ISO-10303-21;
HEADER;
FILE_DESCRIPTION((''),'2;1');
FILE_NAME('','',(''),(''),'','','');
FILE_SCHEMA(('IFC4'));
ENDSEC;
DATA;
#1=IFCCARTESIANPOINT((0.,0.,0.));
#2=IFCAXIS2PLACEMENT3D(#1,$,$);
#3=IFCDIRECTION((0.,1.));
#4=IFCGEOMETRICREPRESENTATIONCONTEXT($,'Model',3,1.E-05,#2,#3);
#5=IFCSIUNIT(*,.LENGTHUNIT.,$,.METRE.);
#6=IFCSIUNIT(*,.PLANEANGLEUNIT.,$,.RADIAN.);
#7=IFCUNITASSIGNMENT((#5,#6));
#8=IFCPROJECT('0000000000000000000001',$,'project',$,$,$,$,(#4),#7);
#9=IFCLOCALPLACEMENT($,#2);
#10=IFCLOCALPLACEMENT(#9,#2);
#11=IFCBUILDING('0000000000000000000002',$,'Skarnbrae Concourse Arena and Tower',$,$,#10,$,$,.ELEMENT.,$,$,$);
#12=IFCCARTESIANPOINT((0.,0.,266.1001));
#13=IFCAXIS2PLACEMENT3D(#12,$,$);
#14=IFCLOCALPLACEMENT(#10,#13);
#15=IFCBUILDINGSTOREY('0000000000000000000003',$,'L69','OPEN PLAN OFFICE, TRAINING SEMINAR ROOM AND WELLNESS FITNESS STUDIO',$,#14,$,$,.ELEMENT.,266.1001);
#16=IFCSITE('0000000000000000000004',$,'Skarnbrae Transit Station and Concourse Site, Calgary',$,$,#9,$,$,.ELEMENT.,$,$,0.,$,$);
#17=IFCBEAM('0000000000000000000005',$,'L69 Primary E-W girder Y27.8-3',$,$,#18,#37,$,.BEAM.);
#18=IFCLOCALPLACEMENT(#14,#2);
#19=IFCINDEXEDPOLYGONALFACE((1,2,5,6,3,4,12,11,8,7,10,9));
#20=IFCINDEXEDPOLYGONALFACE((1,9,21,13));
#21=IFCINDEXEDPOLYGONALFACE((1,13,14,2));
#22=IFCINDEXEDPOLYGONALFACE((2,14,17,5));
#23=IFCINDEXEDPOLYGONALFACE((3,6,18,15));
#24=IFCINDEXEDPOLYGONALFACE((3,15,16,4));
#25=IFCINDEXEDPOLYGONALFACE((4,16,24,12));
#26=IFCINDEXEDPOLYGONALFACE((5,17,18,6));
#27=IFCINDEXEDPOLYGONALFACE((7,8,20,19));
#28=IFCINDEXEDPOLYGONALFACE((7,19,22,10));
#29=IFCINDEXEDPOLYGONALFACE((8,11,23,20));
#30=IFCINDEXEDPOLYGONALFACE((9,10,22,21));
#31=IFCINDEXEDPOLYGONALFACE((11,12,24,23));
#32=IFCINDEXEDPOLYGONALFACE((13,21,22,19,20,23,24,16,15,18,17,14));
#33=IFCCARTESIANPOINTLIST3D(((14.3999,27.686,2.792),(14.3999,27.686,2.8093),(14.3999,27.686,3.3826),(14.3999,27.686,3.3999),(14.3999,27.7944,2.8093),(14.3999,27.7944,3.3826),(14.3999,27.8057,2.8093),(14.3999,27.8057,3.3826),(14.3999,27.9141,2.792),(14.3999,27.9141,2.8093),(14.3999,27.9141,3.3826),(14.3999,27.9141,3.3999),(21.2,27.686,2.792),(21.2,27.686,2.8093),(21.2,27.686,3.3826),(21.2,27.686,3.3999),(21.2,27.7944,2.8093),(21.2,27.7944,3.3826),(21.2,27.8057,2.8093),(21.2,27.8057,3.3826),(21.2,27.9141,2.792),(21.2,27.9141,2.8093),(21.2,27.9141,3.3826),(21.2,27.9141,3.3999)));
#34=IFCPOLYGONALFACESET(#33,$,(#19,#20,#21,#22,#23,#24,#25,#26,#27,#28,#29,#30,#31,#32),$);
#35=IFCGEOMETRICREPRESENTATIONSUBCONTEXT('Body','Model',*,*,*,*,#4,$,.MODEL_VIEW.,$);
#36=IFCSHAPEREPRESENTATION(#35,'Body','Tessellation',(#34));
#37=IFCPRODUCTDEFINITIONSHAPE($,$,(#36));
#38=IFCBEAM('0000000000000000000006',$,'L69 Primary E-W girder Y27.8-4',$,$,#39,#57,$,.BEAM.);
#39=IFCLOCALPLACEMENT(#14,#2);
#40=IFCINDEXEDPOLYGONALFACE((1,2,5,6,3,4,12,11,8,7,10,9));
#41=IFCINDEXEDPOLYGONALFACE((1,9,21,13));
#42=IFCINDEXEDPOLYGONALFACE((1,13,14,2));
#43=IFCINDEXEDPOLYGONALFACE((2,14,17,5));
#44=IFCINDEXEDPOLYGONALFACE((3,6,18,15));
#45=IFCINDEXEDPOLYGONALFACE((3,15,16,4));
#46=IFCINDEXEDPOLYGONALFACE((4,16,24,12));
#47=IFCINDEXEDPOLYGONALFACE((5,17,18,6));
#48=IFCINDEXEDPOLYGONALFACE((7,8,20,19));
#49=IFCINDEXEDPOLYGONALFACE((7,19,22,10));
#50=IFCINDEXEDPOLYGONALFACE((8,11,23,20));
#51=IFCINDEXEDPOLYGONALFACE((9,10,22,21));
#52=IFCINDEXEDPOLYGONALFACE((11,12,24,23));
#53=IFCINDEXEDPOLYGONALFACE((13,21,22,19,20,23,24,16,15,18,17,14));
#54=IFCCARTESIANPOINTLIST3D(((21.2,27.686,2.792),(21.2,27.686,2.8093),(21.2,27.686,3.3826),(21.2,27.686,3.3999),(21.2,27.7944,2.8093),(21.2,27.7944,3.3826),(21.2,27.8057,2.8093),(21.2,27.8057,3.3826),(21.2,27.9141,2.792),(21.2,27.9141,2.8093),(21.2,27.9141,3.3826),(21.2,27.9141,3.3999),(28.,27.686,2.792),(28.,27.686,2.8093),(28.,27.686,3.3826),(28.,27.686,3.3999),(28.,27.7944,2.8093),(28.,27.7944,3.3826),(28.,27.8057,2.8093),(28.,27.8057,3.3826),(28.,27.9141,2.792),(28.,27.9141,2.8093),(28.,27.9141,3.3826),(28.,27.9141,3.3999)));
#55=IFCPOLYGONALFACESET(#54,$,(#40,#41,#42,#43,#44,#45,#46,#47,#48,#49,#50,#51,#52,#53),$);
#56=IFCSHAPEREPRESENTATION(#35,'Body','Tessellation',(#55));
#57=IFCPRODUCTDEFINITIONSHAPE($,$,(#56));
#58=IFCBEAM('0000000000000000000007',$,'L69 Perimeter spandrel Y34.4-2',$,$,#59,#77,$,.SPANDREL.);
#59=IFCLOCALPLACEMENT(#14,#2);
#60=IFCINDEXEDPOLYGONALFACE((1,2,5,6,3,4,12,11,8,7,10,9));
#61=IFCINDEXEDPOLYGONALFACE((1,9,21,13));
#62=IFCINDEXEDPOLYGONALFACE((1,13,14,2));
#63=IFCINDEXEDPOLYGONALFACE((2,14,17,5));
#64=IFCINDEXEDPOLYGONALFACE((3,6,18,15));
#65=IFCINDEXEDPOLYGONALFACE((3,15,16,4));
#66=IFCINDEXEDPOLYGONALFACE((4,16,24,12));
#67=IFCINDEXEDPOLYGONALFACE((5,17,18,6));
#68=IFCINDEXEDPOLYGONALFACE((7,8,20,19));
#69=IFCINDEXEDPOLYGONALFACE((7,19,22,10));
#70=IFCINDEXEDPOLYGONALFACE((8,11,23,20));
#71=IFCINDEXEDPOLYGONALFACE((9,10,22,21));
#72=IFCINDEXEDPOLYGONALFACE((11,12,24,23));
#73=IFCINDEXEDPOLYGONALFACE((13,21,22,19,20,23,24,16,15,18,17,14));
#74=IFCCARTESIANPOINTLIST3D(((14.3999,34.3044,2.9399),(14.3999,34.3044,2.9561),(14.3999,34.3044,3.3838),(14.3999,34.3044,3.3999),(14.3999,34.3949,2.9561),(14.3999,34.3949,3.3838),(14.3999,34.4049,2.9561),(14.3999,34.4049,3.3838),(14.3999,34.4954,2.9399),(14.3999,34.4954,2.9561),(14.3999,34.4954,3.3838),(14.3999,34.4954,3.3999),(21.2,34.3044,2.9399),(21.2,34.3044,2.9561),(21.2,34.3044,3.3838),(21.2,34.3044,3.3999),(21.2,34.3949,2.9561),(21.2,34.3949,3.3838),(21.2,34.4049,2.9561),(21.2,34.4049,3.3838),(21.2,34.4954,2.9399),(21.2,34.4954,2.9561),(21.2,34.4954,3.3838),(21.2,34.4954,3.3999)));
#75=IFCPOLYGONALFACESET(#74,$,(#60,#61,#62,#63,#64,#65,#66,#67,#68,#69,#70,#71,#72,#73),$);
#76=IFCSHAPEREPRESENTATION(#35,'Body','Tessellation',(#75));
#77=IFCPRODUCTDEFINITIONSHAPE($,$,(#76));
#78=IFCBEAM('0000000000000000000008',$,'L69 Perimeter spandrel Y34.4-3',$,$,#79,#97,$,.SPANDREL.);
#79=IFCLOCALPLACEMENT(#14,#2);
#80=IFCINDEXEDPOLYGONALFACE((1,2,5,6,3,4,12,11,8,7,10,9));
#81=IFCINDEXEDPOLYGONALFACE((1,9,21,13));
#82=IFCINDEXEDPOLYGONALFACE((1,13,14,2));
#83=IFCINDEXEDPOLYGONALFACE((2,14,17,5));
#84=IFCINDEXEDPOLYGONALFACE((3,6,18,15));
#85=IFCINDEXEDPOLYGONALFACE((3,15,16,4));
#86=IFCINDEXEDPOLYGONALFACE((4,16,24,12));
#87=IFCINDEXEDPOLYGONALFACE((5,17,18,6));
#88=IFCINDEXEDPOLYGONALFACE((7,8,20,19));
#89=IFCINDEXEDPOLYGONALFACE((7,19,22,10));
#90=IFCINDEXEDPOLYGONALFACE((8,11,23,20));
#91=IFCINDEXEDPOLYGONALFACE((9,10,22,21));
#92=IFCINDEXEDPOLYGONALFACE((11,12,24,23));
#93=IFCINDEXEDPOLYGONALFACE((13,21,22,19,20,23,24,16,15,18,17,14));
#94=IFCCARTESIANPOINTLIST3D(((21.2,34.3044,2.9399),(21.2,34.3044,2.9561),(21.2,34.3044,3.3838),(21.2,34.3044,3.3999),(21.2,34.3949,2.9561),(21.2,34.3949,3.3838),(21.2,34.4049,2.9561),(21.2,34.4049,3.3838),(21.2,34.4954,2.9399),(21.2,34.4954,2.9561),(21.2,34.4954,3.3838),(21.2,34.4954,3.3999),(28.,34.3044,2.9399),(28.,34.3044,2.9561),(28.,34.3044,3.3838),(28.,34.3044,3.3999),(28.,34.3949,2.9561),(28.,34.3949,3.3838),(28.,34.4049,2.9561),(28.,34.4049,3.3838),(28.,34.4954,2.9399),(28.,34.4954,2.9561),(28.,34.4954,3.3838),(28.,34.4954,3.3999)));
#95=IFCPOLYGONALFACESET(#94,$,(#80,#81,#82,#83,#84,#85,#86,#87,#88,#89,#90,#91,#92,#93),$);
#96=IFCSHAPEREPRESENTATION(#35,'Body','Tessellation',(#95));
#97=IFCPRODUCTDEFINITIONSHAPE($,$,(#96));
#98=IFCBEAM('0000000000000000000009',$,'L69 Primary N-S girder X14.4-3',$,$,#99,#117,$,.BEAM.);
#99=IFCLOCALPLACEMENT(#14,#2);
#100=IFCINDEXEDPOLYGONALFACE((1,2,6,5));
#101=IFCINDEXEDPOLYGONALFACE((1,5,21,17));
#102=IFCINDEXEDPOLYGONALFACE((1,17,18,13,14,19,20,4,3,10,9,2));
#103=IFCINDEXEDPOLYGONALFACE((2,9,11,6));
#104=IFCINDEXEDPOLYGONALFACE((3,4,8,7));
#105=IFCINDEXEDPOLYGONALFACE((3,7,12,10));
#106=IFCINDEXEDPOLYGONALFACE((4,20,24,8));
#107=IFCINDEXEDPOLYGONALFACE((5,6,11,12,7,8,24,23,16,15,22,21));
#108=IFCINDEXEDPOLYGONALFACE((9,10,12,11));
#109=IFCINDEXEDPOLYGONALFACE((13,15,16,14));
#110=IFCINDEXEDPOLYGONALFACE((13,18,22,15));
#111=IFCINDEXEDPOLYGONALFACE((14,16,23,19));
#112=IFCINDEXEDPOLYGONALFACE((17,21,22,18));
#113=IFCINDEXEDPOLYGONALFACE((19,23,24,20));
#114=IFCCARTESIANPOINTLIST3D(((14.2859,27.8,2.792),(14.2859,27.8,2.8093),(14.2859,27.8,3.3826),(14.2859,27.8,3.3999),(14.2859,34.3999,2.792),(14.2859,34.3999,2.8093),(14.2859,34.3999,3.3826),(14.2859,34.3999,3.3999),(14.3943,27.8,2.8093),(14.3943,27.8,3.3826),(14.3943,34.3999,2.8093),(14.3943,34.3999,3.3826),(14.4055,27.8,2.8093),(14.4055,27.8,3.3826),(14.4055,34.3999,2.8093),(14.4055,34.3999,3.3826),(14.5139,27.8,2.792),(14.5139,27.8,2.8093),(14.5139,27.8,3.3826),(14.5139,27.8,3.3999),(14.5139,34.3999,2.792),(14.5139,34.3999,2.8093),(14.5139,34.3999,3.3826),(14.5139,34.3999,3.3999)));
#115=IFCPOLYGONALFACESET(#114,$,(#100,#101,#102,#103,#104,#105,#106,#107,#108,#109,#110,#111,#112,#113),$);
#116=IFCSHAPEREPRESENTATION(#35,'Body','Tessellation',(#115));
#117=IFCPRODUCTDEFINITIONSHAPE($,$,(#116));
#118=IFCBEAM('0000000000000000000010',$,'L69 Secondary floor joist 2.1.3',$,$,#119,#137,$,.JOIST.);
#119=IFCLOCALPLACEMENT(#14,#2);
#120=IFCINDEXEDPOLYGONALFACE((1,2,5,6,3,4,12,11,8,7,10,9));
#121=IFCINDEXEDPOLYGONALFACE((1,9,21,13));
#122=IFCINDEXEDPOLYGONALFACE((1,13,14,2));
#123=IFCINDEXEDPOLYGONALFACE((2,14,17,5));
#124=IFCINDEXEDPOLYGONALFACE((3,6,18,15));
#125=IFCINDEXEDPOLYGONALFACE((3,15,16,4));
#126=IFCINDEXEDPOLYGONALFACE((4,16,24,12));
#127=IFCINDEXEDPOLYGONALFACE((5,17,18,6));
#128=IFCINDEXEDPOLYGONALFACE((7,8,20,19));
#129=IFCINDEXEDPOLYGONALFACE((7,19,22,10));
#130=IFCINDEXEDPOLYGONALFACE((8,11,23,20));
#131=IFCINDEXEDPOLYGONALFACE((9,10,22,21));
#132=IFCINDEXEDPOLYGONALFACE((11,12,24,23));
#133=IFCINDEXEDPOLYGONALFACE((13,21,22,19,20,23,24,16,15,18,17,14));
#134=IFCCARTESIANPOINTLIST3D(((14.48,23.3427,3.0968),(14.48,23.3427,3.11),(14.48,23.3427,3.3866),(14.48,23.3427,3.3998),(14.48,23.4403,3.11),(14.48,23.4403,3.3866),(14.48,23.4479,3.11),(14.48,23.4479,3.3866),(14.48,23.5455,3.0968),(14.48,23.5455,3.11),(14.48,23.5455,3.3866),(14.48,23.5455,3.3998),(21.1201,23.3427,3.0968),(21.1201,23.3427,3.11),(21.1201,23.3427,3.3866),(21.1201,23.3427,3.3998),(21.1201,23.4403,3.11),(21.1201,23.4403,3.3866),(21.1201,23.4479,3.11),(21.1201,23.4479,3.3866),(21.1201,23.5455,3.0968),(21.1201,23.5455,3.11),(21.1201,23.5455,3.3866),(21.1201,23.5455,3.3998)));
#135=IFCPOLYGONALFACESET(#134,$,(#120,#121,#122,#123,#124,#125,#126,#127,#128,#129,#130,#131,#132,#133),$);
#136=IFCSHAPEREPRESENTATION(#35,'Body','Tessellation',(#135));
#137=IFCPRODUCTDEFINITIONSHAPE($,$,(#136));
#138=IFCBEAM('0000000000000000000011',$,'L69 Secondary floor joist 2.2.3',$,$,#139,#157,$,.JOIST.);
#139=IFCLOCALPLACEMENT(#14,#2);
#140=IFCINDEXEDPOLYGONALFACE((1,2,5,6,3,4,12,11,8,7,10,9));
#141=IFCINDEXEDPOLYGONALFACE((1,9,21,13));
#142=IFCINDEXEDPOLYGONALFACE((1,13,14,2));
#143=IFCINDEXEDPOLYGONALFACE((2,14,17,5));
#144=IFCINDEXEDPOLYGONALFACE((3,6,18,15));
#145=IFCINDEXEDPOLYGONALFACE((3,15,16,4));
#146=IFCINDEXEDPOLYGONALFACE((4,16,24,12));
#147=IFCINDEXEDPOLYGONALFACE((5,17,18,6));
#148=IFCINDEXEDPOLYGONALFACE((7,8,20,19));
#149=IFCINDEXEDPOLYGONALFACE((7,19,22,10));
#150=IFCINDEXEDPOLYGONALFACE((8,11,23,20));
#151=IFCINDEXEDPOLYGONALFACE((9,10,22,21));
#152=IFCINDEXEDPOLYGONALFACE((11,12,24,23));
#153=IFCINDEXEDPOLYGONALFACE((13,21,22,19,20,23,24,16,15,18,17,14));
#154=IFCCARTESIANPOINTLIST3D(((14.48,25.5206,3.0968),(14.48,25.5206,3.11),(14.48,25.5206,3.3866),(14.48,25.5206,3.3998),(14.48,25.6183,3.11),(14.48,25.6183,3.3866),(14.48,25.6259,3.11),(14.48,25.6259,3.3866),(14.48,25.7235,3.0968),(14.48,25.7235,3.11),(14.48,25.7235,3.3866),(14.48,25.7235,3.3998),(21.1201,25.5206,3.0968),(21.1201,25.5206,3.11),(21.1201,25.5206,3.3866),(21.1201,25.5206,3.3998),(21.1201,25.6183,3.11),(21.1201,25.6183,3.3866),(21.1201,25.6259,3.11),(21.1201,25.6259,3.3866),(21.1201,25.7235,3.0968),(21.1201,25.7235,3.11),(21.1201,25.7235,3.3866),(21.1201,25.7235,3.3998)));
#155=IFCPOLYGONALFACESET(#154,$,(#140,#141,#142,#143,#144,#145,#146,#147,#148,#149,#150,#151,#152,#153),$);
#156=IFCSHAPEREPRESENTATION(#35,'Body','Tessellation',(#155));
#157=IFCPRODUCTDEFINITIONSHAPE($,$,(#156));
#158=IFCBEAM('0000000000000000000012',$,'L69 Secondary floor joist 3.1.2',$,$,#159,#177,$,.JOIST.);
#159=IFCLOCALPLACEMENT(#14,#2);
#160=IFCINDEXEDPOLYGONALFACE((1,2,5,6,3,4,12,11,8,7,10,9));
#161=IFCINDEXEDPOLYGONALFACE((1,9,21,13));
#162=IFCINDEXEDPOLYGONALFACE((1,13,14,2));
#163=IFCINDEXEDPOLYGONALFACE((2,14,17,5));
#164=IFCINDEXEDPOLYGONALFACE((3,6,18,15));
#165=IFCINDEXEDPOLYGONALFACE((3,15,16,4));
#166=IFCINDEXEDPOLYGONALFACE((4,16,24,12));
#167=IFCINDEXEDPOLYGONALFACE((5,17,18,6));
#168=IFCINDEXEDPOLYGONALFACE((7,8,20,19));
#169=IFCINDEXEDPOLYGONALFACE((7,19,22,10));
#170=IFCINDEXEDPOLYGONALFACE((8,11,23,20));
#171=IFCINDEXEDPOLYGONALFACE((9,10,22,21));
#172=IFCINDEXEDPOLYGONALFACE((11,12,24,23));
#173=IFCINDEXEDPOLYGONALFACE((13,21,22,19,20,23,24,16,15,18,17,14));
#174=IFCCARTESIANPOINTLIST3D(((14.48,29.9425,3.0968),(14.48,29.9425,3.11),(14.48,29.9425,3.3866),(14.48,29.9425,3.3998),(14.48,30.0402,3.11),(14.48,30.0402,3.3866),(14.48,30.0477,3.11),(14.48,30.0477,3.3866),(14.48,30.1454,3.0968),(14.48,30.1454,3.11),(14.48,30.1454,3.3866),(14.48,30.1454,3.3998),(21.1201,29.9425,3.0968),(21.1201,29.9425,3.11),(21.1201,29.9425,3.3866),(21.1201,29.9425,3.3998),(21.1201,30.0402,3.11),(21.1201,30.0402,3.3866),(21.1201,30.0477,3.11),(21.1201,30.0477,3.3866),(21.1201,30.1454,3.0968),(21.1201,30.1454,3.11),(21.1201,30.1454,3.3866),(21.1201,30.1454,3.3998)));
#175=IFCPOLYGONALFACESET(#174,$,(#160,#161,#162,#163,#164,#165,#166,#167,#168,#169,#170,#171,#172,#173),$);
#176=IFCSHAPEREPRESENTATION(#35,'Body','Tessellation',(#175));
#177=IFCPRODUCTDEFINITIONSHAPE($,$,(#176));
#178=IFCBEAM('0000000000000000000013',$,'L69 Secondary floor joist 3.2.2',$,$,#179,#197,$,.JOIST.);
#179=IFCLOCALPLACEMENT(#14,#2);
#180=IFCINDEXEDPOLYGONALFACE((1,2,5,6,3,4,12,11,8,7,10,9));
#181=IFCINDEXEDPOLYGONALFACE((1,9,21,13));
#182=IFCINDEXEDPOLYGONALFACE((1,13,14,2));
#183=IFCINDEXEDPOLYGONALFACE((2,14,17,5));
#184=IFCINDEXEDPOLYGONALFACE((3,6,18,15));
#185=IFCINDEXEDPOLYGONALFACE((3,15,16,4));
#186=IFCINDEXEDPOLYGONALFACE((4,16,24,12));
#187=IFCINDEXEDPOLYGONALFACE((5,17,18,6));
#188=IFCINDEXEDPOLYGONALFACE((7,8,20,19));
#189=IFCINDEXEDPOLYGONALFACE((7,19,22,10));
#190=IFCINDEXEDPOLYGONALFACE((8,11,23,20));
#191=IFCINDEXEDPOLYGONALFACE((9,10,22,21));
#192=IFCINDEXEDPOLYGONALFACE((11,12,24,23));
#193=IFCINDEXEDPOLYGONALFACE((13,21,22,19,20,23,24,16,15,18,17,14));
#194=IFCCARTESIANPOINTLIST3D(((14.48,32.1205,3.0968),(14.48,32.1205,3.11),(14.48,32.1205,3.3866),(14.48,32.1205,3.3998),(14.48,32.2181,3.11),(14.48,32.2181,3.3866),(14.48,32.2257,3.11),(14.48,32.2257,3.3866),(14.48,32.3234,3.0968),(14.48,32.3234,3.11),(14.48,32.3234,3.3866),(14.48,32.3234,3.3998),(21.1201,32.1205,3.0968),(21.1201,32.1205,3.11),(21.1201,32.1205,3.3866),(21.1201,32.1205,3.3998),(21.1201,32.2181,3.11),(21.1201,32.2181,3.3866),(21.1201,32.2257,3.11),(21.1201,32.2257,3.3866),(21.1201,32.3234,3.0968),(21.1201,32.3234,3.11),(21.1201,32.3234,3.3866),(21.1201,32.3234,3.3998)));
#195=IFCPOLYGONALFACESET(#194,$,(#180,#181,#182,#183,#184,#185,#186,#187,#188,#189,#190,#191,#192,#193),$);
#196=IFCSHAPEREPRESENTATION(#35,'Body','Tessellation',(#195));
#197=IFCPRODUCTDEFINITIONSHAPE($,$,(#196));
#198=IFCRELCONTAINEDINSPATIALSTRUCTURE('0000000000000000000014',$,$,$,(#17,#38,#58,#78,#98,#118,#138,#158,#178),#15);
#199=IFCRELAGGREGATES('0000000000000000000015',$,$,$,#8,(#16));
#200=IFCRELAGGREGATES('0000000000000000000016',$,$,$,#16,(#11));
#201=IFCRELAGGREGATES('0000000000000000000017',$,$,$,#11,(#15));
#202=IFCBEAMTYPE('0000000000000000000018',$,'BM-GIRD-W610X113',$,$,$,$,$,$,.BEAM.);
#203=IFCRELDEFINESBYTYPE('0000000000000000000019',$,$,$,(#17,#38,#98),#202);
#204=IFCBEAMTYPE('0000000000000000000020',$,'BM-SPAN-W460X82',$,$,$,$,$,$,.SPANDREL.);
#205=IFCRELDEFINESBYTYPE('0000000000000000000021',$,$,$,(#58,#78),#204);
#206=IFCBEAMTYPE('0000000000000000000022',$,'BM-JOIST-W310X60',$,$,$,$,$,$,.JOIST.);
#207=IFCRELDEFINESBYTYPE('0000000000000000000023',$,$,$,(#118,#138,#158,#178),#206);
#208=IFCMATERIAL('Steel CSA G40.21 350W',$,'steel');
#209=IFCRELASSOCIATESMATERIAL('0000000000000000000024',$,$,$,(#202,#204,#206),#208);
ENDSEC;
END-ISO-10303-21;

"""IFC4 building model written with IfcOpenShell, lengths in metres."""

from ifc_helpers import new_model, si_unit, direction, frame, origin, origin_2d, place, context, subcontext, project, spatial, i_section, extrude, source, transform, mapped, material, material_profile, profile_set, type_object, element, save


model = new_model("IFC4")

# Units and contexts
model_context = context("Model", 3, precision=1e-05, world=origin(), true_north=direction((0.0, 1.0)))
body_context = subcontext(model_context, "Body", "Model", "MODEL_VIEW")
ifc_project = project(units=[si_unit("LENGTHUNIT", "METRE"), si_unit("PLANEANGLEUNIT", "RADIAN")], contexts=[model_context])

# Site, building, storey
site_placement = place(None, origin())
site = spatial("IfcSite", under=ifc_project, at=site_placement, Name="Skarnbrae Transit Station and Concourse Site, Calgary", CompositionType="ELEMENT", RefElevation=0.0)
building_placement = place(site_placement, origin())
building = spatial("IfcBuilding", under=site, at=building_placement, Name="Skarnbrae Concourse Arena and Tower", CompositionType="ELEMENT")
storey_placement = place(building_placement, frame((0.0, 0.0, 266.1001)))
storey = spatial("IfcBuildingStorey", under=building, at=storey_placement, Name="L69", Description="OPEN PLAN OFFICE, TRAINING SEMINAR ROOM AND WELLNESS FITNESS STUDIO", CompositionType="ELEMENT", Elevation=266.1001)

# Shared definitions
ifc_material_1 = material(Name="Steel CSA G40.21 350W", Category="steel")

# Beams
ifc_material_profile_1 = material_profile(ifc_material_1, i_section(OverallWidth=0.228, OverallDepth=0.6079, WebThickness=0.0112, FlangeThickness=0.0173, at=origin_2d()), Name="W610X113")
ifc_profile_set_1 = profile_set([ifc_material_profile_1], Name="Steel CSA G40.21 350W")
beam_type_1 = type_object("IfcBeamType", Name="BM-GIRD-W610X113", PredefinedType="BEAM", material=ifc_profile_set_1)
shared_shape_1 = source(origin(), body_context, "Body", "SweptSolid", [
    extrude(i_section(OverallWidth=0.228, OverallDepth=0.6079, WebThickness=0.0112, FlangeThickness=0.0173, at=origin_2d()), origin(), (0.0, 0.0, 1.0), 6.8),
])
for number, where, z_axis, x_axis, name in (
    (1, (14.3999, 27.8, 3.0959), (1.0, 0.0, 0.0), (0.0, 1.0, 0.0), "L69 Primary E-W girder Y27.8-3"),
    (2, (21.2, 27.8, 3.0959), (1.0, 0.0, 0.0), (0.0, 1.0, 0.0), "L69 Primary E-W girder Y27.8-4"),
):
    element("IfcBeam", number, at=place(storey_placement, frame(where, z_axis=z_axis, x_axis=x_axis)), inside=storey, type_object=beam_type_1, Name=name, PredefinedType="BEAM", context=body_context, shape_type="MappedRepresentation", body=[
        mapped(shared_shape_1, transform((0.0, 0.0, 0.0))),
    ])
ifc_material_profile_2 = material_profile(ifc_material_1, i_section(OverallWidth=0.1909, OverallDepth=0.46, WebThickness=0.01, FlangeThickness=0.0161, at=origin_2d()), Name="W460X82")
ifc_profile_set_2 = profile_set([ifc_material_profile_2], Name="Steel CSA G40.21 350W")
beam_type_2 = type_object("IfcBeamType", Name="BM-SPAN-W460X82", PredefinedType="SPANDREL", material=ifc_profile_set_2)
shared_shape_2 = source(origin(), body_context, "Body", "SweptSolid", [
    extrude(i_section(OverallWidth=0.1909, OverallDepth=0.46, WebThickness=0.01, FlangeThickness=0.0161, at=origin_2d()), origin(), (0.0, 0.0, 1.0), 6.8),
])
for number, where, z_axis, x_axis, name in (
    (3, (14.3999, 34.3999, 3.1699), (1.0, 0.0, 0.0), (0.0, 1.0, 0.0), "L69 Perimeter spandrel Y34.4-2"),
    (4, (21.2, 34.3999, 3.1699), (1.0, 0.0, 0.0), (0.0, 1.0, 0.0), "L69 Perimeter spandrel Y34.4-3"),
):
    element("IfcBeam", number, at=place(storey_placement, frame(where, z_axis=z_axis, x_axis=x_axis)), inside=storey, type_object=beam_type_2, Name=name, PredefinedType="SPANDREL", context=body_context, shape_type="MappedRepresentation", body=[
        mapped(shared_shape_2, transform((0.0, 0.0, 0.0))),
    ])
shared_shape_3 = source(origin(), body_context, "Body", "SweptSolid", [
    extrude(i_section(OverallWidth=0.228, OverallDepth=0.6079, WebThickness=0.0112, FlangeThickness=0.0173, at=origin_2d()), origin(), (0.0, 0.0, 1.0), 6.5999),
])
beam_1_placement = place(storey_placement, frame((14.3999, 27.8, 3.0959), z_axis=(0.0, 1.0, 0.0), x_axis=(-1.0, 0.0, 0.0)))
element("IfcBeam", 5, at=beam_1_placement, inside=storey, type_object=beam_type_1, Name="L69 Primary N-S girder X14.4-3", PredefinedType="BEAM", context=body_context, shape_type="MappedRepresentation", body=[
    mapped(shared_shape_3, transform((0.0, 0.0, 0.0))),
])
ifc_material_profile_3 = material_profile(ifc_material_1, i_section(OverallWidth=0.2029, OverallDepth=0.303, WebThickness=0.0076, FlangeThickness=0.0132, at=origin_2d()), Name="W310X60")
ifc_profile_set_3 = profile_set([ifc_material_profile_3], Name="Steel CSA G40.21 350W")
beam_type_3 = type_object("IfcBeamType", Name="BM-JOIST-W310X60", PredefinedType="JOIST", material=ifc_profile_set_3)
shared_shape_4 = source(origin(), body_context, "Body", "SweptSolid", [
    extrude(i_section(OverallWidth=0.2029, OverallDepth=0.303, WebThickness=0.0076, FlangeThickness=0.0132, at=origin_2d()), origin(), (0.0, 0.0, 1.0), 6.6401),
])
for number, where, z_axis, x_axis, name in (
    (6, (14.48, 23.4441, 3.2483), (1.0, 0.0, 0.0), (0.0, 1.0, 0.0), "L69 Secondary floor joist 2.1.3"),
    (7, (14.48, 25.6221, 3.2483), (1.0, 0.0, 0.0), (0.0, 1.0, 0.0), "L69 Secondary floor joist 2.2.3"),
    (8, (14.48, 30.0439, 3.2483), (1.0, 0.0, 0.0), (0.0, 1.0, 0.0), "L69 Secondary floor joist 3.1.2"),
    (9, (14.48, 32.2219, 3.2483), (1.0, 0.0, 0.0), (0.0, 1.0, 0.0), "L69 Secondary floor joist 3.2.2"),
):
    element("IfcBeam", number, at=place(storey_placement, frame(where, z_axis=z_axis, x_axis=x_axis)), inside=storey, type_object=beam_type_3, Name=name, PredefinedType="JOIST", context=body_context, shape_type="MappedRepresentation", body=[
        mapped(shared_shape_4, transform((0.0, 0.0, 0.0))),
    ])

save(model, "model.ifc")
